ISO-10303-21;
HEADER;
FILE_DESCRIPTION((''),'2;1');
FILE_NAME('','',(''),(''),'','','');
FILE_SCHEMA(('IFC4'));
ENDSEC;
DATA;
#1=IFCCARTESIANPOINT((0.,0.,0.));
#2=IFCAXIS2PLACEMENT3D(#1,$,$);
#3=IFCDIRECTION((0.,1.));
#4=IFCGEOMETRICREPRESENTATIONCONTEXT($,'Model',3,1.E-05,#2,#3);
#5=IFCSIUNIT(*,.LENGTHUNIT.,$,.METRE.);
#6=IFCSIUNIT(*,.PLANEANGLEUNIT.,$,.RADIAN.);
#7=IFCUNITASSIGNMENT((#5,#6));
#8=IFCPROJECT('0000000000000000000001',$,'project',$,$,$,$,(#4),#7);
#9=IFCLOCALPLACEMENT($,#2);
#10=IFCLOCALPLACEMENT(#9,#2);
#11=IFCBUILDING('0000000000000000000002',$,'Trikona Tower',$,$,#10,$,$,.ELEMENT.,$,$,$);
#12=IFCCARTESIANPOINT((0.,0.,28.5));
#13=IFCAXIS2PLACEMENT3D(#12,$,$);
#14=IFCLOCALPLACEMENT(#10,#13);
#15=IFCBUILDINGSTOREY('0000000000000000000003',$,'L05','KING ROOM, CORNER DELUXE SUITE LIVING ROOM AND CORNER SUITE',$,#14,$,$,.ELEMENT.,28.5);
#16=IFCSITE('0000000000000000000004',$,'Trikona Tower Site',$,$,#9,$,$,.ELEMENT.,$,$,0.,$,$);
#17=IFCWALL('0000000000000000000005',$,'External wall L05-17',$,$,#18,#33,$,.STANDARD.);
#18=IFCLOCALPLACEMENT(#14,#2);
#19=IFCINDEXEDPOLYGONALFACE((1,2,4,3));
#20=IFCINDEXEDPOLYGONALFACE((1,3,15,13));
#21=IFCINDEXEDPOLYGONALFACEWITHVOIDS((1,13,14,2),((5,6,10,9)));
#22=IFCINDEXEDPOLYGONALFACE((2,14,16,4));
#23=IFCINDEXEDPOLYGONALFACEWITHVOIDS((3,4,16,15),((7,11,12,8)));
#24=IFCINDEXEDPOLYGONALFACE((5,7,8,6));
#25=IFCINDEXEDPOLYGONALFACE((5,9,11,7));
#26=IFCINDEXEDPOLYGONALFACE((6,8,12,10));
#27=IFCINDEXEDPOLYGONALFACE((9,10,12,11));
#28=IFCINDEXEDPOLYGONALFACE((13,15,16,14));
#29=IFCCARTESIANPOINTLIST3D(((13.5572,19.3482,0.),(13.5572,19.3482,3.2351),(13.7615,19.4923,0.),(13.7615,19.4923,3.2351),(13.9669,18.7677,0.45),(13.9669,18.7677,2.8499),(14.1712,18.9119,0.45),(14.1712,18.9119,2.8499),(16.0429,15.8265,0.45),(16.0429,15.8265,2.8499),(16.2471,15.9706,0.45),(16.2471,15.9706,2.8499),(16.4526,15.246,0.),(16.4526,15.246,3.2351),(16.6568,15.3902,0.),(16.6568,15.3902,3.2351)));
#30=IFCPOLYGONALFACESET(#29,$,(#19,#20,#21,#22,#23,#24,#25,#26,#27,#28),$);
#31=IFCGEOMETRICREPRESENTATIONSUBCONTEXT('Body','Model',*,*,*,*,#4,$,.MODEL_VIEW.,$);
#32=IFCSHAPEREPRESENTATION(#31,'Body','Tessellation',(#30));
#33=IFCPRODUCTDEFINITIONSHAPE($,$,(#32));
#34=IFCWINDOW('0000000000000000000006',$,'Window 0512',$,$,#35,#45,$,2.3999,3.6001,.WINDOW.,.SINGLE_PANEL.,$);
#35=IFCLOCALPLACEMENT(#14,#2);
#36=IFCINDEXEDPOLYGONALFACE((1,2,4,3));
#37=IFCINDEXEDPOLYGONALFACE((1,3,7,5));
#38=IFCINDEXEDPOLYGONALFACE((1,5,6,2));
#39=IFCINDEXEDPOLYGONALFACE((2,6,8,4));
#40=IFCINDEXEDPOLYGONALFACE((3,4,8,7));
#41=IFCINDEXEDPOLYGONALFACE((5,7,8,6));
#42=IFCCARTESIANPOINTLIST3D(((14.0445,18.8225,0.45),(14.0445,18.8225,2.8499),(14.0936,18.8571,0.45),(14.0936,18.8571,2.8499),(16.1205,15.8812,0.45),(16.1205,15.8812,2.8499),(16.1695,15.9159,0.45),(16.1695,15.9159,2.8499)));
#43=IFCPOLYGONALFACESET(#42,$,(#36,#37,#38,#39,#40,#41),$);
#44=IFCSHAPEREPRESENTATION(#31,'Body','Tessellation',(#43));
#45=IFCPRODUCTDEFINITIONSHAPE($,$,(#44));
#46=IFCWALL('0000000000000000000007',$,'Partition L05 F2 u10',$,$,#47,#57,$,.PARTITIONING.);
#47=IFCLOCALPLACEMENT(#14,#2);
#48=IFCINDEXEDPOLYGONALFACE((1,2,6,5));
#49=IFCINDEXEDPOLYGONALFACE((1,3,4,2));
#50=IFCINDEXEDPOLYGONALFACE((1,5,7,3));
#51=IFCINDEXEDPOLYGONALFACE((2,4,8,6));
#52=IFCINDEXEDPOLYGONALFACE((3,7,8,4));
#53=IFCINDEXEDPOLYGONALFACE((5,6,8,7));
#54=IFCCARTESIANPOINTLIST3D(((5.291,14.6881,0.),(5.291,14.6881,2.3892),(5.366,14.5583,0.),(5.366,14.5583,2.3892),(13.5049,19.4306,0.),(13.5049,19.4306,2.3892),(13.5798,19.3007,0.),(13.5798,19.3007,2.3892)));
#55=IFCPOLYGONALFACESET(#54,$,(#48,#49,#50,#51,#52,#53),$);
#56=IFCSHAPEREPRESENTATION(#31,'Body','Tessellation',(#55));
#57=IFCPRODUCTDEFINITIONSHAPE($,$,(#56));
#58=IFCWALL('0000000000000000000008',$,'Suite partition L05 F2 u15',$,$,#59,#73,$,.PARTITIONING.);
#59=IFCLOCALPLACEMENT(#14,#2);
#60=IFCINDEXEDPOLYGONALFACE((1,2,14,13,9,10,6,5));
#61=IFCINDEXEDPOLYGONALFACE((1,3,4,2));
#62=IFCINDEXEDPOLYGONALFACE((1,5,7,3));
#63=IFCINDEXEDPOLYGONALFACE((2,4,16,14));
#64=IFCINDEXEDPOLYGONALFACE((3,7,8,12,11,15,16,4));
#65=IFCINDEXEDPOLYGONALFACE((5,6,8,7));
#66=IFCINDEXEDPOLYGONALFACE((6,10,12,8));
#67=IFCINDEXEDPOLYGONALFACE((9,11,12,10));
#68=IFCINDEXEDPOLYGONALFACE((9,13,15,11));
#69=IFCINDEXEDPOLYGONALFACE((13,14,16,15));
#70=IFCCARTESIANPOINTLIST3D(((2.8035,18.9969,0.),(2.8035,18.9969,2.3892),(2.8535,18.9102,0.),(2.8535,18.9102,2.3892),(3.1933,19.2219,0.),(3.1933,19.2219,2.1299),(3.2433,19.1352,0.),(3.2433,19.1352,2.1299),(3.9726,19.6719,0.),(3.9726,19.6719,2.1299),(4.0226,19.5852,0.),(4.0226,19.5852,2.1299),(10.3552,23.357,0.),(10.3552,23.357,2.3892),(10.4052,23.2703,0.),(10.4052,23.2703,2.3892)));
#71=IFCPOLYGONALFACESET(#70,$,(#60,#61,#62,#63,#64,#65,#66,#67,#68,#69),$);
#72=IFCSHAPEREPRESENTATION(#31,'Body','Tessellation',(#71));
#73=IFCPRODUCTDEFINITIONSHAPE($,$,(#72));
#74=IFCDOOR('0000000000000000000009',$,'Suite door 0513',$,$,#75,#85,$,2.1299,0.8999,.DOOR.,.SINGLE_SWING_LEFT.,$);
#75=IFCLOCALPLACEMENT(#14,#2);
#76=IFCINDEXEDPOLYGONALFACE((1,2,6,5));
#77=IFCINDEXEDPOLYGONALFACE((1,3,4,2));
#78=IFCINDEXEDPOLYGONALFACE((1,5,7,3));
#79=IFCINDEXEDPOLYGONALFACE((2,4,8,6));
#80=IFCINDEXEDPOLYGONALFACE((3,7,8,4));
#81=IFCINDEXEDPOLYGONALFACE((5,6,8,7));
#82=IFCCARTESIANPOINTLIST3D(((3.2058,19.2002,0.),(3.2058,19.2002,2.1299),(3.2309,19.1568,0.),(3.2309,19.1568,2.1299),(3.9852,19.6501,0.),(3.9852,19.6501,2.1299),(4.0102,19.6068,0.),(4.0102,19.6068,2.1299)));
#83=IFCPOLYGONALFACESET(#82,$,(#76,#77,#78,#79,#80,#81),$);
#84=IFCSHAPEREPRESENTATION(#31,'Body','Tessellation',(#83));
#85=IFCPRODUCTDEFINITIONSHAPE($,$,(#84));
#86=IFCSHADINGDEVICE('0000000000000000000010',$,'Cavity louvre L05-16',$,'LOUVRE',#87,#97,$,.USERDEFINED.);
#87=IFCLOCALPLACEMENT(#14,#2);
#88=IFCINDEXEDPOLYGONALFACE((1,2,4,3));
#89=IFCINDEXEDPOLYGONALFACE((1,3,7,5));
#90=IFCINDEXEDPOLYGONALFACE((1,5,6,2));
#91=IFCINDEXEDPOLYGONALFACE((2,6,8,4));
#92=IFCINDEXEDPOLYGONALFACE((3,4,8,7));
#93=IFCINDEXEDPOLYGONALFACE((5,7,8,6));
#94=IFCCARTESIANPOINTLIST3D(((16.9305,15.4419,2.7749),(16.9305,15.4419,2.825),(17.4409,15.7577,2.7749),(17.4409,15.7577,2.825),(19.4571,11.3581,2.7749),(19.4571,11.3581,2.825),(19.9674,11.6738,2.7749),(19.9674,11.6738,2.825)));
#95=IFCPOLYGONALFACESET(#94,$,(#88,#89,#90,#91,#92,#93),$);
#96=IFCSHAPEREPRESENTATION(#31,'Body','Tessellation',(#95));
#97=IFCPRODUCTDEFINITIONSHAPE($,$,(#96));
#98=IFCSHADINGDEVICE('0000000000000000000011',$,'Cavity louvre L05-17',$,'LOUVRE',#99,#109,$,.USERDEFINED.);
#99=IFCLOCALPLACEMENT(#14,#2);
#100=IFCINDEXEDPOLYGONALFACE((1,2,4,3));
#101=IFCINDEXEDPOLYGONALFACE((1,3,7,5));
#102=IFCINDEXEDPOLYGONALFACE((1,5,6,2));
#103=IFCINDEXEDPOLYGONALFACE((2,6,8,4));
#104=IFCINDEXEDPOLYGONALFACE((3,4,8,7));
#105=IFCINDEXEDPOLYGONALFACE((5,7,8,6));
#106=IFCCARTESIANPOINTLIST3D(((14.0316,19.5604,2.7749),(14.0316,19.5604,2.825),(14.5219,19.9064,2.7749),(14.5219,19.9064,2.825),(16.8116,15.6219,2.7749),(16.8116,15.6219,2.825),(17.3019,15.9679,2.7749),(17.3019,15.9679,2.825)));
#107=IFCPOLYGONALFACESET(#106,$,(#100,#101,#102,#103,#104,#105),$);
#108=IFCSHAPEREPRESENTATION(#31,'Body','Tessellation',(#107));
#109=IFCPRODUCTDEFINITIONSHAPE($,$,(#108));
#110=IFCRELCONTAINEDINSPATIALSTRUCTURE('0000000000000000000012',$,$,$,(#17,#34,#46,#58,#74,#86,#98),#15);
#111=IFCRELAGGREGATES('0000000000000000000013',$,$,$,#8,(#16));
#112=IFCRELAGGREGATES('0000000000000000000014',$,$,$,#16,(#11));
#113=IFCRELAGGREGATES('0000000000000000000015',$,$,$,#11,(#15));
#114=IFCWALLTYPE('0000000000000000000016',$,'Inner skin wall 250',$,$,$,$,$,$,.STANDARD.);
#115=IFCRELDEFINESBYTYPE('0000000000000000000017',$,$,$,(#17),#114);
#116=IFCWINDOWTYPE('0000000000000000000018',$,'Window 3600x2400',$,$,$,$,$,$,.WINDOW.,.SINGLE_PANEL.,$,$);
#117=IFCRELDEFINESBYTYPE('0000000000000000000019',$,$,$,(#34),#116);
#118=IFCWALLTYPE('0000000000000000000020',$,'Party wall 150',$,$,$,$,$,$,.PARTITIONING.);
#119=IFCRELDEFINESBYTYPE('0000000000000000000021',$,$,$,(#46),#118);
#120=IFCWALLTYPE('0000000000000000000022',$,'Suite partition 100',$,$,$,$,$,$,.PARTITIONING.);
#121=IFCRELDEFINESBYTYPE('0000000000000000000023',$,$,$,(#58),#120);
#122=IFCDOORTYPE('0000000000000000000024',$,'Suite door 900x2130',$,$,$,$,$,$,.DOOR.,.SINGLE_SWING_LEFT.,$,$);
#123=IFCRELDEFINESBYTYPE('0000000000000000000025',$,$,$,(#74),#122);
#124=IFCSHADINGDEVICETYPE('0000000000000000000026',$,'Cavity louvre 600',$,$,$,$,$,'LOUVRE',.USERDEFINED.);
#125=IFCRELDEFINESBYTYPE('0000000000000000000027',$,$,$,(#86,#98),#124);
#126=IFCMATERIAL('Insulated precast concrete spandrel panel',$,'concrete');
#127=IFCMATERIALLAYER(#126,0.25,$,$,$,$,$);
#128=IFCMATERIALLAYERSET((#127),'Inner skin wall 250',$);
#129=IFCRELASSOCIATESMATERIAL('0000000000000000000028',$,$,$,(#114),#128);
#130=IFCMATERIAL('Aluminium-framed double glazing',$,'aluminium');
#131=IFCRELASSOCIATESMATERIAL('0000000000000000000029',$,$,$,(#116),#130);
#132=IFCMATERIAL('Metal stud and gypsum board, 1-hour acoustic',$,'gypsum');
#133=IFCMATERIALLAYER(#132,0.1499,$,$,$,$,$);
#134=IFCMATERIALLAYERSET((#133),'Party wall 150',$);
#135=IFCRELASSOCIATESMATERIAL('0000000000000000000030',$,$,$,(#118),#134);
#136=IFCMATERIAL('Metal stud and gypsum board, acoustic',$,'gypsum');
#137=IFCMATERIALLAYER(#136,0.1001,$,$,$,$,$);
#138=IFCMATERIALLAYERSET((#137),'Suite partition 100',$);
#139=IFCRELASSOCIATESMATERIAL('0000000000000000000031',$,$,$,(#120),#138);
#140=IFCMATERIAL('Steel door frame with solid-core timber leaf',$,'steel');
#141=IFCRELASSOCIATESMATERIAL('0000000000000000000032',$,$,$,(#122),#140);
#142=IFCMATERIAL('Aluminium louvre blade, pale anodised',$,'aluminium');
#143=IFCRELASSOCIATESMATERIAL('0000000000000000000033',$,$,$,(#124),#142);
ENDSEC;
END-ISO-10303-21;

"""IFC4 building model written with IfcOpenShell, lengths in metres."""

from ifc_helpers import new_model, si_unit, direction, frame, frame_2d, origin, origin_2d, place, context, subcontext, project, spatial, rectangle, extrude, material, layer, layer_set, type_object, element, fill, save


model = new_model("IFC4")

# Units and contexts
model_context = context("Model", 3, precision=1e-05, world=origin(), true_north=direction((0.0, 1.0)))
body_context = subcontext(model_context, "Body", "Model", "MODEL_VIEW")
ifc_project = project(units=[si_unit("LENGTHUNIT", "METRE"), si_unit("PLANEANGLEUNIT", "RADIAN")], contexts=[model_context])

# Site, building, storey
site_placement = place(None, origin())
site = spatial("IfcSite", under=ifc_project, at=site_placement, Name="Trikona Tower Site", CompositionType="ELEMENT", RefElevation=0.0)
building_placement = place(site_placement, origin())
building = spatial("IfcBuilding", under=site, at=building_placement, Name="Trikona Tower", CompositionType="ELEMENT")
storey_placement = place(building_placement, frame((0.0, 0.0, 28.5)))
storey = spatial("IfcBuildingStorey", under=building, at=storey_placement, Name="L05", Description="KING ROOM, CORNER DELUXE SUITE LIVING ROOM AND CORNER SUITE", CompositionType="ELEMENT", Elevation=28.5)

# Wall, opening, window
ifc_material_1 = material(Name="Insulated precast concrete spandrel panel", Category="concrete")
ifc_layer_1 = layer(ifc_material_1, 0.25)
ifc_layer_set_1 = layer_set([ifc_layer_1], Name="Inner skin wall 250")
wall_type_1 = type_object("IfcWallType", Name="Inner skin wall 250", PredefinedType="STANDARD", material=ifc_layer_set_1)
wall_1_placement = place(storey_placement, frame((16.5547, 15.3181, 0.0), z_axis=(0.0, 0.0, 1.0), x_axis=(-0.576643, 0.816996, 0.0)))
wall_1 = element("IfcWall", 1, at=wall_1_placement, inside=storey, type_object=wall_type_1, Name="External wall L05-17", PredefinedType="STANDARD", context=body_context, shape_type="SweptSolid", body=[
    extrude(rectangle(XDim=5.021, YDim=0.25, at=frame_2d((2.5105, 0.0))), origin(), (0.0, 0.0, 1.0), 3.2351),
])
opening_1_placement = place(wall_1_placement, frame((0.7104, 0.0, 0.45)))
opening_1 = element("IfcOpeningElement", 2, at=opening_1_placement, cuts=wall_1, PredefinedType="OPENING", context=body_context, shape_type="SweptSolid", body=[
    extrude(rectangle(XDim=3.6001, YDim=2.3999, at=frame_2d((1.8, 1.2))), frame((0.0, 0.135, 0.0), z_axis=(0.0, -1.0, 0.0), x_axis=(1.0, 0.0, 0.0)), (0.0, 0.0, 1.0), 0.27),
])
ifc_material_2 = material(Name="Aluminium-framed double glazing", Category="aluminium")
window_type = type_object("IfcWindowType", Name="Window 3600x2400", PartitioningType="SINGLE_PANEL", PredefinedType="WINDOW", material=ifc_material_2)
window_placement = place(opening_1_placement, origin())
window = element("IfcWindow", 3, at=window_placement, inside=storey, type_object=window_type, Name="Window 0512", OverallHeight=2.3999, OverallWidth=3.6001, PartitioningType="SINGLE_PANEL", PredefinedType="WINDOW", context=body_context, shape_type="SweptSolid", body=[
    extrude(rectangle(XDim=3.6001, YDim=2.3999, at=frame_2d((1.8, 1.2))), frame((0.0, 0.03, 0.0), z_axis=(0.0, -1.0, 0.0), x_axis=(1.0, 0.0, 0.0)), (0.0, 0.0, 1.0), 0.0601),
])
fill(opening_1, window)

# Wall
ifc_material_3 = material(Name="Metal stud and gypsum board, 1-hour acoustic", Category="gypsum")
ifc_layer_2 = layer(ifc_material_3, 0.1499)
ifc_layer_set_2 = layer_set([ifc_layer_2], Name="Party wall 150")
wall_type_2 = type_object("IfcWallType", Name="Party wall 150", PredefinedType="PARTITIONING", material=ifc_layer_set_2)
wall_2_placement = place(storey_placement, frame((5.3286, 14.6233, 0.0), z_axis=(0.0, 0.0, 1.0), x_axis=(0.866018, 0.500012, 0.0)))
element("IfcWall", 4, at=wall_2_placement, inside=storey, type_object=wall_type_2, Name="Partition L05 F2 u10", PredefinedType="PARTITIONING", context=body_context, shape_type="SweptSolid", body=[
    extrude(rectangle(XDim=9.4846, YDim=0.1499, at=frame_2d((4.7422, 0.0))), origin(), (0.0, 0.0, 1.0), 2.3892),
])

# Wall, opening, door
ifc_material_4 = material(Name="Metal stud and gypsum board, acoustic", Category="gypsum")
ifc_layer_3 = layer(ifc_material_4, 0.1001)
ifc_layer_set_3 = layer_set([ifc_layer_3], Name="Suite partition 100")
wall_type_3 = type_object("IfcWallType", Name="Suite partition 100", PredefinedType="PARTITIONING", material=ifc_layer_set_3)
wall_3_placement = place(storey_placement, frame((2.8286, 18.9536, 0.0), z_axis=(0.0, 0.0, 1.0), x_axis=(0.866021, 0.500008, 0.0)))
wall_3 = element("IfcWall", 5, at=wall_3_placement, inside=storey, type_object=wall_type_3, Name="Suite partition L05 F2 u15", PredefinedType="PARTITIONING", context=body_context, shape_type="SweptSolid", body=[
    extrude(rectangle(XDim=8.72, YDim=0.1001, at=frame_2d((4.3599, 0.0))), origin(), (0.0, 0.0, 1.0), 2.3892),
])
opening_2_placement = place(wall_3_placement, frame((0.45, 0.0, 0.0)))
opening_2 = element("IfcOpeningElement", 6, at=opening_2_placement, cuts=wall_3, PredefinedType="OPENING", context=body_context, shape_type="SweptSolid", body=[
    extrude(rectangle(XDim=0.8999, YDim=2.1299, at=frame_2d((0.45, 1.0649))), frame((0.0, 0.0601, 0.0), z_axis=(0.0, -1.0, 0.0), x_axis=(1.0, 0.0, 0.0)), (0.0, 0.0, 1.0), 0.1201),
])
ifc_material_5 = material(Name="Steel door frame with solid-core timber leaf", Category="steel")
door_type_1 = type_object("IfcDoorType", Name="Suite door 900x2130", OperationType="SINGLE_SWING_LEFT", PredefinedType="DOOR", material=ifc_material_5)
door_1_placement = place(opening_2_placement, origin())
door_1 = element("IfcDoor", 7, at=door_1_placement, inside=storey, type_object=door_type_1, Name="Suite door 0513", OperationType="SINGLE_SWING_LEFT", OverallHeight=2.1299, OverallWidth=0.8999, PredefinedType="DOOR", context=body_context, shape_type="SweptSolid", body=[
    extrude(rectangle(XDim=0.8999, YDim=2.1299, at=frame_2d((0.45, 1.0649))), frame((0.0, 0.0249, 0.0), z_axis=(0.0, -1.0, 0.0), x_axis=(1.0, 0.0, 0.0)), (0.0, 0.0, 1.0), 0.05),
])
fill(opening_2, door_1)

# Shading devices
ifc_material_6 = material(Name="Aluminium louvre blade, pale anodised", Category="aluminium")
shading_device_type = type_object("IfcShadingDeviceType", Name="Cavity louvre 600", ElementType="LOUVRE", PredefinedType="USERDEFINED", material=ifc_material_6)
shading_device_1_placement = place(storey_placement, frame((18.449, 13.5579, 2.7749), z_axis=(0.0, 0.0, 1.0), x_axis=(-0.526119, 0.850411, 0.0)))
element("IfcShadingDevice", 8, at=shading_device_1_placement, inside=storey, type_object=shading_device_type, Name="Cavity louvre L05-16", ObjectType="LOUVRE", PredefinedType="USERDEFINED", context=body_context, shape_type="SweptSolid", body=[
    extrude(rectangle(XDim=4.8022, YDim=0.6001, at=origin_2d()), origin(), (0.0, 0.0, 1.0), 0.05),
])
shading_device_2_placement = place(storey_placement, frame((15.6667, 17.7642, 2.7749), z_axis=(0.0, 0.0, 1.0), x_axis=(-0.576662, 0.816983, 0.0)))
element("IfcShadingDevice", 9, at=shading_device_2_placement, inside=storey, type_object=shading_device_type, Name="Cavity louvre L05-17", ObjectType="LOUVRE", PredefinedType="USERDEFINED", context=body_context, shape_type="SweptSolid", body=[
    extrude(rectangle(XDim=4.8208, YDim=0.6001, at=origin_2d()), origin(), (0.0, 0.0, 1.0), 0.05),
])

save(model, "model.ifc")
